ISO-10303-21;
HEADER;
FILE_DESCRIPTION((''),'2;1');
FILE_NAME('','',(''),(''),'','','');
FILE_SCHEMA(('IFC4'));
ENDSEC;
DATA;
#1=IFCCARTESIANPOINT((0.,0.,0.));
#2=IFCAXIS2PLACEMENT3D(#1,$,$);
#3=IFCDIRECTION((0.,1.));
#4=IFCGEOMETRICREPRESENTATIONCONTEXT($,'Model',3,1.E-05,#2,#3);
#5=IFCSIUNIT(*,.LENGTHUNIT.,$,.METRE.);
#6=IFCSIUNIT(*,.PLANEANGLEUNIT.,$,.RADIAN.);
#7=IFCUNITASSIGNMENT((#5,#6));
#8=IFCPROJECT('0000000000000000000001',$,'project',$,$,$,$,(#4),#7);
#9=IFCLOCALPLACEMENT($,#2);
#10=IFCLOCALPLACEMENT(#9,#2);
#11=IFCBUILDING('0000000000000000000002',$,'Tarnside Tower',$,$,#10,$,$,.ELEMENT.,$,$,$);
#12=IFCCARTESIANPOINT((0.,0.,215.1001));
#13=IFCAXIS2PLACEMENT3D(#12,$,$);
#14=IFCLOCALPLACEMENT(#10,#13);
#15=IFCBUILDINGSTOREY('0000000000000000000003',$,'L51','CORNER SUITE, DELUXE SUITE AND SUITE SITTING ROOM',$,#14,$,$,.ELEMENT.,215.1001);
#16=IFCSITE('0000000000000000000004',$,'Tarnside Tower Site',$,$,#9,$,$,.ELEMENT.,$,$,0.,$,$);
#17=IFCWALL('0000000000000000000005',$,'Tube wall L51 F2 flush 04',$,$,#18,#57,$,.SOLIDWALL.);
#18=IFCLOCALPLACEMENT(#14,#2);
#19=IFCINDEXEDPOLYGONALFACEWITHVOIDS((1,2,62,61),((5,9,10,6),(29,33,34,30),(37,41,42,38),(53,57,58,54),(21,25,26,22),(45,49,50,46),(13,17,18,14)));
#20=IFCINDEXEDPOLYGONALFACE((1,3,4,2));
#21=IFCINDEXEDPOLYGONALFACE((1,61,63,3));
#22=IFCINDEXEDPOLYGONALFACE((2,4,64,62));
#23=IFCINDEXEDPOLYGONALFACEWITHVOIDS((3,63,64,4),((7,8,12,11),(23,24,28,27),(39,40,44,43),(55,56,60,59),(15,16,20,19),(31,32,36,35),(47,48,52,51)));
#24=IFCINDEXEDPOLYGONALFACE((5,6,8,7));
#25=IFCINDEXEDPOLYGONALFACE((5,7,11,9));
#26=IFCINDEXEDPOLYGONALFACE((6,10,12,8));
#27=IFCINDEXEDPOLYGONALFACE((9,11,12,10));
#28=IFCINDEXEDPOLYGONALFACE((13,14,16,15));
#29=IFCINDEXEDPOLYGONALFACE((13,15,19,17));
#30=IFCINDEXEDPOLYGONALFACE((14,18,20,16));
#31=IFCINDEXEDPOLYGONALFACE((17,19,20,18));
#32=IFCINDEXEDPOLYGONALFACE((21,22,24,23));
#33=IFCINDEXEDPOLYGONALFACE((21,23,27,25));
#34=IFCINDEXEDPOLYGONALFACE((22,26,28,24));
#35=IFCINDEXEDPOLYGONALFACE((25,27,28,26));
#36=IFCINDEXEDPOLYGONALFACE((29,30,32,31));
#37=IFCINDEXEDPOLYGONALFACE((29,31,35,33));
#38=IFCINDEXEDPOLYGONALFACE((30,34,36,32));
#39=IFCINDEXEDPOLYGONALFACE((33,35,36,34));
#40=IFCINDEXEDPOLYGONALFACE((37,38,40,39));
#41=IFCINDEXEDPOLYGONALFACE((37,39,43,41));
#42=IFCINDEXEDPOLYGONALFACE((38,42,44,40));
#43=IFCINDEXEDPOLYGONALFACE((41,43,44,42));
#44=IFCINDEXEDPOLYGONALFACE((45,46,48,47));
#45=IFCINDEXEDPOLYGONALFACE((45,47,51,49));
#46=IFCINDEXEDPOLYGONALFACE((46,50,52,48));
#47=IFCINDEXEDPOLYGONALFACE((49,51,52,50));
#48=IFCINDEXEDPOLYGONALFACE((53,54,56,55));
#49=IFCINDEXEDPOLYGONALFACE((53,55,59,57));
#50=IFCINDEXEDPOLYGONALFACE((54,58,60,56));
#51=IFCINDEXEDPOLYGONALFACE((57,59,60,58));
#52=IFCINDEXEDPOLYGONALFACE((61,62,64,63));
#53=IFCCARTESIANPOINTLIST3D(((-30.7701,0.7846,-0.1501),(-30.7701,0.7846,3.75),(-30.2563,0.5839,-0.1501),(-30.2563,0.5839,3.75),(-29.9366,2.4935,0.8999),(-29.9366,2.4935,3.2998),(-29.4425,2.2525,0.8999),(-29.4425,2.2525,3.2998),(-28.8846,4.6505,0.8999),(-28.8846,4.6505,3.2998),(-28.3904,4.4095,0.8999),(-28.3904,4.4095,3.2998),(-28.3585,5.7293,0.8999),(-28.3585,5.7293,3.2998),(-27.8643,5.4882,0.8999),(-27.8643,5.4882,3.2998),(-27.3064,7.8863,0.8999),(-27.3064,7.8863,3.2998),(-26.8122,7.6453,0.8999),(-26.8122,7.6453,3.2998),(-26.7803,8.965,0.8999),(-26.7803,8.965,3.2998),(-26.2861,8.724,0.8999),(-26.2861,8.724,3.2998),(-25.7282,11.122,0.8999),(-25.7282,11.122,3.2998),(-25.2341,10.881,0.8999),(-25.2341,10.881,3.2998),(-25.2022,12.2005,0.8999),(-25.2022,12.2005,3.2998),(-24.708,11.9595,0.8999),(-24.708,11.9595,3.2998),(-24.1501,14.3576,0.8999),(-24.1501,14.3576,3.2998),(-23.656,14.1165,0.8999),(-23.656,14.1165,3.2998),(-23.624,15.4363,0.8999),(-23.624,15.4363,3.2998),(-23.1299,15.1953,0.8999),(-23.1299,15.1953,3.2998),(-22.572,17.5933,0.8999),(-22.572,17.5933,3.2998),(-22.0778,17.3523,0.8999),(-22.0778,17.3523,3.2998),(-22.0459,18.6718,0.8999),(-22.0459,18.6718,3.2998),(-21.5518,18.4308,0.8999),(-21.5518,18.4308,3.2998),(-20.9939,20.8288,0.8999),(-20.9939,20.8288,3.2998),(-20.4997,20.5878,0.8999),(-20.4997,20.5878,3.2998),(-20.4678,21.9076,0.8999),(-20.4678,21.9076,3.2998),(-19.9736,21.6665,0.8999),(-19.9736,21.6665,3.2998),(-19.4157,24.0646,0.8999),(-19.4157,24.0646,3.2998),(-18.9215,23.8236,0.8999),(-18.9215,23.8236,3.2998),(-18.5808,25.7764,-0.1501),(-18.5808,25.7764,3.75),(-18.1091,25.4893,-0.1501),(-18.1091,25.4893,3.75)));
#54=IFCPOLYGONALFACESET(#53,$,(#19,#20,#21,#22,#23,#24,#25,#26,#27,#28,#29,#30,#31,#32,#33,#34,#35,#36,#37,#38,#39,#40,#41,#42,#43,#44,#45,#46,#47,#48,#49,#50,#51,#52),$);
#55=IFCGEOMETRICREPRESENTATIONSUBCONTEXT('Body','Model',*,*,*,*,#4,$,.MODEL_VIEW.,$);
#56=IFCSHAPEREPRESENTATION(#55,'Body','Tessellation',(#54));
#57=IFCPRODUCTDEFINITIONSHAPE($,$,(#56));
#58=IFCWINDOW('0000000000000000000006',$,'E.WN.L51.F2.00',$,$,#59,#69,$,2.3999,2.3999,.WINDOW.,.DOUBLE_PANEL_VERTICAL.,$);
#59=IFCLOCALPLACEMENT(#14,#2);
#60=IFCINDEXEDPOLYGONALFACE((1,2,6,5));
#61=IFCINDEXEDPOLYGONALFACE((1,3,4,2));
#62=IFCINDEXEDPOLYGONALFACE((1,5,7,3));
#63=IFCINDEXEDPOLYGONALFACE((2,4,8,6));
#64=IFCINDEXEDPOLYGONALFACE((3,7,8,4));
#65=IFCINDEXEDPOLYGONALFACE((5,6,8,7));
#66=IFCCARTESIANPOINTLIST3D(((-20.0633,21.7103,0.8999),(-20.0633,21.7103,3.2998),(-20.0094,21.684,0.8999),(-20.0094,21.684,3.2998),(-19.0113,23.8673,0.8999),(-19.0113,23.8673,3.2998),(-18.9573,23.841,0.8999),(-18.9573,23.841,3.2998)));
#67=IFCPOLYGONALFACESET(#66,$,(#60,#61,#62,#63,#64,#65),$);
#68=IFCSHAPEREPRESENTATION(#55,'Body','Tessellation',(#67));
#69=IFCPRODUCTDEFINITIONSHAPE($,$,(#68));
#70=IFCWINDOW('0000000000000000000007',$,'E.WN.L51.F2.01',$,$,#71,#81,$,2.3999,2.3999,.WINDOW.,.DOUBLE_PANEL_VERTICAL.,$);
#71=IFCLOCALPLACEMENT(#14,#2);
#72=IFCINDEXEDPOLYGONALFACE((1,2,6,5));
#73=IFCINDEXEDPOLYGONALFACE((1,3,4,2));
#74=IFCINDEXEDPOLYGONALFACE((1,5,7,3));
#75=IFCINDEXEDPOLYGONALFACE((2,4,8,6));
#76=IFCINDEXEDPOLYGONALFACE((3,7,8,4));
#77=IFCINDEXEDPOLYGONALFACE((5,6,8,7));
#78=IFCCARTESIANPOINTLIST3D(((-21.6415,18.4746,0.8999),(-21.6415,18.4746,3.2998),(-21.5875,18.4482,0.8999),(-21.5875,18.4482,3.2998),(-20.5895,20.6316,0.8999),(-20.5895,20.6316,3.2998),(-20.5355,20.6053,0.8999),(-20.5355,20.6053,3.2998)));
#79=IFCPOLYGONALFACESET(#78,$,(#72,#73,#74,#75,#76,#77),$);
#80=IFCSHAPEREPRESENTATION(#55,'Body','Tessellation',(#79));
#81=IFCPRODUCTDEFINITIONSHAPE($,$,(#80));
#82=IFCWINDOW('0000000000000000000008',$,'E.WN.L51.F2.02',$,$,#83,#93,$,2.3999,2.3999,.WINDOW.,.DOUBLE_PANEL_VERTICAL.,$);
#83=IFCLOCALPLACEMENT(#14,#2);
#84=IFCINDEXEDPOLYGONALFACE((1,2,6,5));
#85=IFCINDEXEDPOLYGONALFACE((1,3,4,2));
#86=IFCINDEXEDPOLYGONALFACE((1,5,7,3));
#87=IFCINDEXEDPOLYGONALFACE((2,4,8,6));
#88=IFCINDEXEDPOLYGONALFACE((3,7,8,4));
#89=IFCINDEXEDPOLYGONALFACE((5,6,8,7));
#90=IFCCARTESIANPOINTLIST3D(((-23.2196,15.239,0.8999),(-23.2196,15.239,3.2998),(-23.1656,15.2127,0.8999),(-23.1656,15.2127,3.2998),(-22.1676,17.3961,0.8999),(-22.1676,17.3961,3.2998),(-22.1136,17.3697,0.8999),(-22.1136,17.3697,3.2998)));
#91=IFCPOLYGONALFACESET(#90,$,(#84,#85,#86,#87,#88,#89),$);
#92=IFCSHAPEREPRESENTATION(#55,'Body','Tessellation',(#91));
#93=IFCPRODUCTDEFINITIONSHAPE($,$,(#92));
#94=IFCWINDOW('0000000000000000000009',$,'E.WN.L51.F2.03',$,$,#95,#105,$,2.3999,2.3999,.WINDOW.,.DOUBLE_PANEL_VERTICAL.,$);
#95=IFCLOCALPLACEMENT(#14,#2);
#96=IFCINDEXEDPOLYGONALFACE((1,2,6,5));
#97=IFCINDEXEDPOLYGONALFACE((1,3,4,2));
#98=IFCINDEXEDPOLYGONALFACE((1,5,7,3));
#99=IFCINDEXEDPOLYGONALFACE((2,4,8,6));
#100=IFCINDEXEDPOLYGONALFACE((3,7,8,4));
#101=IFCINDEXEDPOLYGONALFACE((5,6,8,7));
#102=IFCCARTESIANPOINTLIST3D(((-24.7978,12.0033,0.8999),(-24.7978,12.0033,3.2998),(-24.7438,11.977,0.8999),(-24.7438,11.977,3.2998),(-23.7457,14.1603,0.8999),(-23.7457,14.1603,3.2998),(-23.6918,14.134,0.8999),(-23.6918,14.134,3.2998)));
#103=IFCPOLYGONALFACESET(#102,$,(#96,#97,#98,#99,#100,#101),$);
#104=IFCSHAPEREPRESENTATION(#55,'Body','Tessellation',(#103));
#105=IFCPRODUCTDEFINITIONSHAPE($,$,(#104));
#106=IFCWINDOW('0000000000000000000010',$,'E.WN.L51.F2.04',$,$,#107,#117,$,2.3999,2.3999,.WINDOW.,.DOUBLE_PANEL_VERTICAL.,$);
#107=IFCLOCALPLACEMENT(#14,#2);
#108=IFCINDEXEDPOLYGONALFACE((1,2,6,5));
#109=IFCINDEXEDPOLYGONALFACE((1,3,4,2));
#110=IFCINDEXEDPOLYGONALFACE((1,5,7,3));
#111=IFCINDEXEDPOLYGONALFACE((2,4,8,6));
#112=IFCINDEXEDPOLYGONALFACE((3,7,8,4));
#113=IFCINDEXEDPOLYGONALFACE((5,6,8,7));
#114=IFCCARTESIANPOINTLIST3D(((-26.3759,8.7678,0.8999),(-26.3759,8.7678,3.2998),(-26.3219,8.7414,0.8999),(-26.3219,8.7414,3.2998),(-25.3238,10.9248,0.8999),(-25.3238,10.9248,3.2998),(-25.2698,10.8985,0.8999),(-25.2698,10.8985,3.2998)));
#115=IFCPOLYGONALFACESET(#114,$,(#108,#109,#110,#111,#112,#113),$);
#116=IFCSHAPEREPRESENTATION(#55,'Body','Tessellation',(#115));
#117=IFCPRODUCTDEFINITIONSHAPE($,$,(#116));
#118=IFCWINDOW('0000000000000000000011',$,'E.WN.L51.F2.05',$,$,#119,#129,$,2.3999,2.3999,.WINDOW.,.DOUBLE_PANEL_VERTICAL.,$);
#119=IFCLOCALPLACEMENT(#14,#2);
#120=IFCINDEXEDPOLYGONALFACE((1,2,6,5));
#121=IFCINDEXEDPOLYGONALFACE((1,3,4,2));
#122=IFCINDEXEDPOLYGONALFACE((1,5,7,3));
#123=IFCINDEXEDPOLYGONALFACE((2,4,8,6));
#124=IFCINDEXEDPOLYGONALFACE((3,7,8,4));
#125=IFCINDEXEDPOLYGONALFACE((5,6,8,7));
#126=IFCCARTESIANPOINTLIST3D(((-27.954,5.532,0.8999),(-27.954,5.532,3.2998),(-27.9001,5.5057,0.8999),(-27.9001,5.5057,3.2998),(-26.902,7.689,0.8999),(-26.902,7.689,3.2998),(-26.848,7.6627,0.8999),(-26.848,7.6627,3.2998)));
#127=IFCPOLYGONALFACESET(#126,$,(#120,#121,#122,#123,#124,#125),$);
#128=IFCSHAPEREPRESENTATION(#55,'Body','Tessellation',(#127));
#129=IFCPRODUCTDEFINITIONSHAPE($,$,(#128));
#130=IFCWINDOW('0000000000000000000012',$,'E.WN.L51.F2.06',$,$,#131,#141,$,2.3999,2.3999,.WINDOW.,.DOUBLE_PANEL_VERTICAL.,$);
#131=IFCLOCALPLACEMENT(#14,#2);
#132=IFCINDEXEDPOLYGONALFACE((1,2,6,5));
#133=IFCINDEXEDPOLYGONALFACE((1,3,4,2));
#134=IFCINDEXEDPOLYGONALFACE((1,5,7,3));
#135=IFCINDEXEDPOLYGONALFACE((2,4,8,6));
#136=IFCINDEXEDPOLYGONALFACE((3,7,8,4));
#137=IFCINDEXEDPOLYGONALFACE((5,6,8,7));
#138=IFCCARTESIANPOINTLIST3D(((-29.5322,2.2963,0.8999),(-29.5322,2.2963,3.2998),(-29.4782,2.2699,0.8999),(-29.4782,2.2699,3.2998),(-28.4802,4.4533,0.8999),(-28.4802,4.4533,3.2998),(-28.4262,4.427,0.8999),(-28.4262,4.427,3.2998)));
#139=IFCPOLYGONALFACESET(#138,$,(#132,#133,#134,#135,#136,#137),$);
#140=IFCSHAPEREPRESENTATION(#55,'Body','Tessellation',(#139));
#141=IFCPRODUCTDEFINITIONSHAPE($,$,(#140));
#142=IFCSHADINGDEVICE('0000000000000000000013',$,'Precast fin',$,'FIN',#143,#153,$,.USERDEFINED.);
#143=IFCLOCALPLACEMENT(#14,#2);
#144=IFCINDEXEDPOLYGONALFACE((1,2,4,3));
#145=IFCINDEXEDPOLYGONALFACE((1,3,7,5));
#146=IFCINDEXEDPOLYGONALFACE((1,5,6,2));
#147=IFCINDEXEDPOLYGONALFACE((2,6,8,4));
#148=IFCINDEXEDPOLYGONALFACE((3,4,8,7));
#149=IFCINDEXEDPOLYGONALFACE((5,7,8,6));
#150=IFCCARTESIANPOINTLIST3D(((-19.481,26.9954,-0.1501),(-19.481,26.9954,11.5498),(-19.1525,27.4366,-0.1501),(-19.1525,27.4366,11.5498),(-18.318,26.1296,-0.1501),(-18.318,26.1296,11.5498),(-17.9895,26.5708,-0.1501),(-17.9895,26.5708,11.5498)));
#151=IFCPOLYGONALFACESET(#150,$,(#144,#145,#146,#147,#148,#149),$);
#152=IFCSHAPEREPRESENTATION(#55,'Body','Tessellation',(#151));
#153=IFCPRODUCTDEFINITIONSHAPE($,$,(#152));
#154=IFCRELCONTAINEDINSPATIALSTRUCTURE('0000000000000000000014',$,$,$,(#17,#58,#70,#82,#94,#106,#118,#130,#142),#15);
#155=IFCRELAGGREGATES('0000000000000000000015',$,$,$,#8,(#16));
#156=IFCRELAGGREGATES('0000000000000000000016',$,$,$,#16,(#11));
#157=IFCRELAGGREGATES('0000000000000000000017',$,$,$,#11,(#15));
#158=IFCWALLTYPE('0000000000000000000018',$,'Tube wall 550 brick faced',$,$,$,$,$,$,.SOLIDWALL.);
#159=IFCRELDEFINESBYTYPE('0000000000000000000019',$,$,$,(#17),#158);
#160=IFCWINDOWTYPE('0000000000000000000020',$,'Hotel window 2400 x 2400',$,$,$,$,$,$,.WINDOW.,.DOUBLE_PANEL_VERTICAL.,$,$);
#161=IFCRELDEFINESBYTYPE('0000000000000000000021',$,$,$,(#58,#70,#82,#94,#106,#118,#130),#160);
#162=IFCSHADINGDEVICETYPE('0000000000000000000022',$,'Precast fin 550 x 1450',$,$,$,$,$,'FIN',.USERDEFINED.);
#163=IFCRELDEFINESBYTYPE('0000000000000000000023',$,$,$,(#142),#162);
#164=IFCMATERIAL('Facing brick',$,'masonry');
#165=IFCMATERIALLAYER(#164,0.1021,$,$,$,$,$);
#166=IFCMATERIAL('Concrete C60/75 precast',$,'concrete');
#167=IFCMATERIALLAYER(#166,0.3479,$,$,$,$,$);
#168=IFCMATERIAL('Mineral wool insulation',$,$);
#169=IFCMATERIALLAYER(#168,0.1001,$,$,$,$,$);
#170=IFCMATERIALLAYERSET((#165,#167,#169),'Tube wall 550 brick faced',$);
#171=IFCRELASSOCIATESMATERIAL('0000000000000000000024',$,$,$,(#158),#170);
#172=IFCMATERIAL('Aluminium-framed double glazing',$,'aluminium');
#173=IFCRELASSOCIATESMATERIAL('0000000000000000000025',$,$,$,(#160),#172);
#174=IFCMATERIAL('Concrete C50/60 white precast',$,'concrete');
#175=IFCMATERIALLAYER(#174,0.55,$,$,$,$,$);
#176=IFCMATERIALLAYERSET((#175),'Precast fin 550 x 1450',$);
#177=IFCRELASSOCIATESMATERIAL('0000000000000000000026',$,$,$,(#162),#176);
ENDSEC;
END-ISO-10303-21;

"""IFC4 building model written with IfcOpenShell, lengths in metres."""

from ifc_helpers import new_model, si_unit, direction, frame, frame_2d, origin, place, context, subcontext, project, spatial, polyline, rectangle, outline, extrude, material, layer, layer_set, type_object, element, fill, save


model = new_model("IFC4")

# Units and contexts
model_context = context("Model", 3, precision=1e-05, world=origin(), true_north=direction((0.0, 1.0)))
body_context = subcontext(model_context, "Body", "Model", "MODEL_VIEW")
ifc_project = project(units=[si_unit("LENGTHUNIT", "METRE"), si_unit("PLANEANGLEUNIT", "RADIAN")], contexts=[model_context])

# Site, building, storey
site_placement = place(None, origin())
site = spatial("IfcSite", under=ifc_project, at=site_placement, Name="Tarnside Tower Site", CompositionType="ELEMENT", RefElevation=0.0)
building_placement = place(site_placement, origin())
building = spatial("IfcBuilding", under=site, at=building_placement, Name="Tarnside Tower", CompositionType="ELEMENT")
storey_placement = place(building_placement, frame((0.0, 0.0, 215.1001)))
storey = spatial("IfcBuildingStorey", under=building, at=storey_placement, Name="L51", Description="CORNER SUITE, DELUXE SUITE AND SUITE SITTING ROOM", CompositionType="ELEMENT", Elevation=215.1001)

# Shared definitions
ifc_material_1 = material(Name="Facing brick", Category="masonry")
ifc_layer_1 = layer(ifc_material_1, 0.1021)
ifc_material_2 = material(Name="Concrete C60/75 precast", Category="concrete")
ifc_layer_2 = layer(ifc_material_2, 0.3479)
ifc_material_3 = material(Name="Mineral wool insulation")
ifc_layer_3 = layer(ifc_material_3, 0.1001)
ifc_layer_set_1 = layer_set([ifc_layer_1, ifc_layer_2, ifc_layer_3], Name="Tube wall 550 brick faced")
wall_type_1 = type_object("IfcWallType", Name="Tube wall 550 brick faced", PredefinedType="SOLIDWALL", material=ifc_layer_set_1)

# Wall, openings, windows
wall_1_placement = place(storey_placement, frame((-18.345, 25.6328, -0.1501), z_axis=(0.0, 0.0, 1.0), x_axis=(-0.438372, -0.898794, 0.0)))
wall_1 = element("IfcWall", 1, at=wall_1_placement, inside=storey, type_object=wall_type_1, Name="Tube wall L51 F2 flush 04", PredefinedType="SOLIDWALL", context=body_context, shape_type="SweptSolid", body=[
    extrude(outline(polyline([(-0.0256, -0.2749), (27.7803, -0.2749), (27.7354, 0.2749), (0.0256, 0.2749), (-0.0256, -0.2749)])), origin(), (0.0, 0.0, 1.0), 3.9001),
])
opening_1_placement = place(wall_1_placement, frame((1.8789, 0.0, 1.05)))
opening_1 = element("IfcOpeningElement", 2, at=opening_1_placement, cuts=wall_1, PredefinedType="OPENING", context=body_context, shape_type="SweptSolid", body=[
    extrude(rectangle(XDim=2.3999, YDim=2.3999, at=frame_2d((1.2, 1.2))), frame((0.0, 0.2852, 0.0), z_axis=(0.0, -1.0, 0.0), x_axis=(1.0, 0.0, 0.0)), (0.0, 0.0, 1.0), 0.5701),
])
opening_2_placement = place(wall_1_placement, frame((5.479, 0.0, 1.05)))
opening_2 = element("IfcOpeningElement", 3, at=opening_2_placement, cuts=wall_1, PredefinedType="OPENING", context=body_context, shape_type="SweptSolid", body=[
    extrude(rectangle(XDim=2.3999, YDim=2.3999, at=frame_2d((1.2, 1.2))), frame((0.0, 0.2852, 0.0), z_axis=(0.0, -1.0, 0.0), x_axis=(1.0, 0.0, 0.0)), (0.0, 0.0, 1.0), 0.5701),
])
opening_3_placement = place(wall_1_placement, frame((9.0789, 0.0, 1.05)))
opening_3 = element("IfcOpeningElement", 4, at=opening_3_placement, cuts=wall_1, PredefinedType="OPENING", context=body_context, shape_type="SweptSolid", body=[
    extrude(rectangle(XDim=2.3999, YDim=2.3999, at=frame_2d((1.2, 1.2))), frame((0.0, 0.2852, 0.0), z_axis=(0.0, -1.0, 0.0), x_axis=(1.0, 0.0, 0.0)), (0.0, 0.0, 1.0), 0.5701),
])
opening_4_placement = place(wall_1_placement, frame((12.679, 0.0, 1.05)))
opening_4 = element("IfcOpeningElement", 5, at=opening_4_placement, cuts=wall_1, PredefinedType="OPENING", context=body_context, shape_type="SweptSolid", body=[
    extrude(rectangle(XDim=2.3999, YDim=2.3999, at=frame_2d((1.2, 1.2))), frame((0.0, 0.2852, 0.0), z_axis=(0.0, -1.0, 0.0), x_axis=(1.0, 0.0, 0.0)), (0.0, 0.0, 1.0), 0.5701),
])
opening_5_placement = place(wall_1_placement, frame((16.2788, 0.0, 1.05)))
opening_5 = element("IfcOpeningElement", 6, at=opening_5_placement, cuts=wall_1, PredefinedType="OPENING", context=body_context, shape_type="SweptSolid", body=[
    extrude(rectangle(XDim=2.3999, YDim=2.3999, at=frame_2d((1.2, 1.2))), frame((0.0, 0.2852, 0.0), z_axis=(0.0, -1.0, 0.0), x_axis=(1.0, 0.0, 0.0)), (0.0, 0.0, 1.0), 0.5701),
])
opening_6_placement = place(wall_1_placement, frame((19.8789, 0.0, 1.05)))
opening_6 = element("IfcOpeningElement", 7, at=opening_6_placement, cuts=wall_1, PredefinedType="OPENING", context=body_context, shape_type="SweptSolid", body=[
    extrude(rectangle(XDim=2.3999, YDim=2.3999, at=frame_2d((1.2, 1.2))), frame((0.0, 0.2852, 0.0), z_axis=(0.0, -1.0, 0.0), x_axis=(1.0, 0.0, 0.0)), (0.0, 0.0, 1.0), 0.5701),
])
opening_7_placement = place(wall_1_placement, frame((23.479, 0.0, 1.05)))
opening_7 = element("IfcOpeningElement", 8, at=opening_7_placement, cuts=wall_1, PredefinedType="OPENING", context=body_context, shape_type="SweptSolid", body=[
    extrude(rectangle(XDim=2.3999, YDim=2.3999, at=frame_2d((1.2, 1.2))), frame((0.0, 0.2852, 0.0), z_axis=(0.0, -1.0, 0.0), x_axis=(1.0, 0.0, 0.0)), (0.0, 0.0, 1.0), 0.5701),
])
ifc_material_4 = material(Name="Aluminium-framed double glazing", Category="aluminium")
window_type = type_object("IfcWindowType", Name="Hotel window 2400 x 2400", PartitioningType="DOUBLE_PANEL_VERTICAL", PredefinedType="WINDOW", material=ifc_material_4)
window_1_placement = place(opening_1_placement, frame((0.0, 0.2051, 0.0)))
window_1 = element("IfcWindow", 9, at=window_1_placement, inside=storey, type_object=window_type, Name="E.WN.L51.F2.00", OverallHeight=2.3999, OverallWidth=2.3999, PartitioningType="DOUBLE_PANEL_VERTICAL", PredefinedType="WINDOW", context=body_context, shape_type="SweptSolid", body=[
    extrude(rectangle(XDim=2.3999, YDim=2.3999, at=frame_2d((1.2, 1.2))), frame((0.0, 0.03, 0.0), z_axis=(0.0, -1.0, 0.0), x_axis=(1.0, 0.0, 0.0)), (0.0, 0.0, 1.0), 0.0601),
])
fill(opening_1, window_1)
window_2_placement = place(opening_2_placement, frame((0.0, 0.2051, 0.0)))
window_2 = element("IfcWindow", 10, at=window_2_placement, inside=storey, type_object=window_type, Name="E.WN.L51.F2.01", OverallHeight=2.3999, OverallWidth=2.3999, PartitioningType="DOUBLE_PANEL_VERTICAL", PredefinedType="WINDOW", context=body_context, shape_type="SweptSolid", body=[
    extrude(rectangle(XDim=2.3999, YDim=2.3999, at=frame_2d((1.2, 1.2))), frame((0.0, 0.03, 0.0), z_axis=(0.0, -1.0, 0.0), x_axis=(1.0, 0.0, 0.0)), (0.0, 0.0, 1.0), 0.0601),
])
fill(opening_2, window_2)
window_3_placement = place(opening_3_placement, frame((0.0, 0.2051, 0.0)))
window_3 = element("IfcWindow", 11, at=window_3_placement, inside=storey, type_object=window_type, Name="E.WN.L51.F2.02", OverallHeight=2.3999, OverallWidth=2.3999, PartitioningType="DOUBLE_PANEL_VERTICAL", PredefinedType="WINDOW", context=body_context, shape_type="SweptSolid", body=[
    extrude(rectangle(XDim=2.3999, YDim=2.3999, at=frame_2d((1.2, 1.2))), frame((0.0, 0.03, 0.0), z_axis=(0.0, -1.0, 0.0), x_axis=(1.0, 0.0, 0.0)), (0.0, 0.0, 1.0), 0.0601),
])
fill(opening_3, window_3)
window_4_placement = place(opening_4_placement, frame((0.0, 0.2051, 0.0)))
window_4 = element("IfcWindow", 12, at=window_4_placement, inside=storey, type_object=window_type, Name="E.WN.L51.F2.03", OverallHeight=2.3999, OverallWidth=2.3999, PartitioningType="DOUBLE_PANEL_VERTICAL", PredefinedType="WINDOW", context=body_context, shape_type="SweptSolid", body=[
    extrude(rectangle(XDim=2.3999, YDim=2.3999, at=frame_2d((1.2, 1.2))), frame((0.0, 0.03, 0.0), z_axis=(0.0, -1.0, 0.0), x_axis=(1.0, 0.0, 0.0)), (0.0, 0.0, 1.0), 0.0601),
])
fill(opening_4, window_4)
window_5_placement = place(opening_5_placement, frame((0.0, 0.2051, 0.0)))
window_5 = element("IfcWindow", 13, at=window_5_placement, inside=storey, type_object=window_type, Name="E.WN.L51.F2.04", OverallHeight=2.3999, OverallWidth=2.3999, PartitioningType="DOUBLE_PANEL_VERTICAL", PredefinedType="WINDOW", context=body_context, shape_type="SweptSolid", body=[
    extrude(rectangle(XDim=2.3999, YDim=2.3999, at=frame_2d((1.2, 1.2))), frame((0.0, 0.03, 0.0), z_axis=(0.0, -1.0, 0.0), x_axis=(1.0, 0.0, 0.0)), (0.0, 0.0, 1.0), 0.0601),
])
fill(opening_5, window_5)
window_6_placement = place(opening_6_placement, frame((0.0, 0.2051, 0.0)))
window_6 = element("IfcWindow", 14, at=window_6_placement, inside=storey, type_object=window_type, Name="E.WN.L51.F2.05", OverallHeight=2.3999, OverallWidth=2.3999, PartitioningType="DOUBLE_PANEL_VERTICAL", PredefinedType="WINDOW", context=body_context, shape_type="SweptSolid", body=[
    extrude(rectangle(XDim=2.3999, YDim=2.3999, at=frame_2d((1.2, 1.2))), frame((0.0, 0.03, 0.0), z_axis=(0.0, -1.0, 0.0), x_axis=(1.0, 0.0, 0.0)), (0.0, 0.0, 1.0), 0.0601),
])
fill(opening_6, window_6)
window_7_placement = place(opening_7_placement, frame((0.0, 0.2051, 0.0)))
window_7 = element("IfcWindow", 15, at=window_7_placement, inside=storey, type_object=window_type, Name="E.WN.L51.F2.06", OverallHeight=2.3999, OverallWidth=2.3999, PartitioningType="DOUBLE_PANEL_VERTICAL", PredefinedType="WINDOW", context=body_context, shape_type="SweptSolid", body=[
    extrude(rectangle(XDim=2.3999, YDim=2.3999, at=frame_2d((1.2, 1.2))), frame((0.0, 0.03, 0.0), z_axis=(0.0, -1.0, 0.0), x_axis=(1.0, 0.0, 0.0)), (0.0, 0.0, 1.0), 0.0601),
])
fill(opening_7, window_7)

# Shading device
ifc_material_5 = material(Name="Concrete C50/60 white precast", Category="concrete")
ifc_layer_4 = layer(ifc_material_5, 0.55)
ifc_layer_set_2 = layer_set([ifc_layer_4], Name="Precast fin 550 x 1450")
shading_device_type_1 = type_object("IfcShadingDeviceType", Name="Precast fin 550 x 1450", ElementType="FIN", PredefinedType="USERDEFINED", material=ifc_layer_set_2)
shading_device_placement = place(storey_placement, frame((-18.1538, 26.3501, -0.1501), z_axis=(0.597159, 0.802123, 0.0), x_axis=(-0.802123, 0.597159, 0.0)))
element("IfcShadingDevice", 16, at=shading_device_placement, inside=storey, type_object=shading_device_type_1, Name="Precast fin", ObjectType="FIN", PredefinedType="USERDEFINED", context=body_context, shape_type="SweptSolid", body=[
    extrude(outline(polyline([(0.0, 0.0), (1.45, 0.0), (1.45, 11.7), (0.0, 11.7), (0.0, 0.0)])), frame((0.0, 0.0, -0.2749)), (0.0, 0.0, 1.0), 0.55),
])

save(model, "model.ifc")
